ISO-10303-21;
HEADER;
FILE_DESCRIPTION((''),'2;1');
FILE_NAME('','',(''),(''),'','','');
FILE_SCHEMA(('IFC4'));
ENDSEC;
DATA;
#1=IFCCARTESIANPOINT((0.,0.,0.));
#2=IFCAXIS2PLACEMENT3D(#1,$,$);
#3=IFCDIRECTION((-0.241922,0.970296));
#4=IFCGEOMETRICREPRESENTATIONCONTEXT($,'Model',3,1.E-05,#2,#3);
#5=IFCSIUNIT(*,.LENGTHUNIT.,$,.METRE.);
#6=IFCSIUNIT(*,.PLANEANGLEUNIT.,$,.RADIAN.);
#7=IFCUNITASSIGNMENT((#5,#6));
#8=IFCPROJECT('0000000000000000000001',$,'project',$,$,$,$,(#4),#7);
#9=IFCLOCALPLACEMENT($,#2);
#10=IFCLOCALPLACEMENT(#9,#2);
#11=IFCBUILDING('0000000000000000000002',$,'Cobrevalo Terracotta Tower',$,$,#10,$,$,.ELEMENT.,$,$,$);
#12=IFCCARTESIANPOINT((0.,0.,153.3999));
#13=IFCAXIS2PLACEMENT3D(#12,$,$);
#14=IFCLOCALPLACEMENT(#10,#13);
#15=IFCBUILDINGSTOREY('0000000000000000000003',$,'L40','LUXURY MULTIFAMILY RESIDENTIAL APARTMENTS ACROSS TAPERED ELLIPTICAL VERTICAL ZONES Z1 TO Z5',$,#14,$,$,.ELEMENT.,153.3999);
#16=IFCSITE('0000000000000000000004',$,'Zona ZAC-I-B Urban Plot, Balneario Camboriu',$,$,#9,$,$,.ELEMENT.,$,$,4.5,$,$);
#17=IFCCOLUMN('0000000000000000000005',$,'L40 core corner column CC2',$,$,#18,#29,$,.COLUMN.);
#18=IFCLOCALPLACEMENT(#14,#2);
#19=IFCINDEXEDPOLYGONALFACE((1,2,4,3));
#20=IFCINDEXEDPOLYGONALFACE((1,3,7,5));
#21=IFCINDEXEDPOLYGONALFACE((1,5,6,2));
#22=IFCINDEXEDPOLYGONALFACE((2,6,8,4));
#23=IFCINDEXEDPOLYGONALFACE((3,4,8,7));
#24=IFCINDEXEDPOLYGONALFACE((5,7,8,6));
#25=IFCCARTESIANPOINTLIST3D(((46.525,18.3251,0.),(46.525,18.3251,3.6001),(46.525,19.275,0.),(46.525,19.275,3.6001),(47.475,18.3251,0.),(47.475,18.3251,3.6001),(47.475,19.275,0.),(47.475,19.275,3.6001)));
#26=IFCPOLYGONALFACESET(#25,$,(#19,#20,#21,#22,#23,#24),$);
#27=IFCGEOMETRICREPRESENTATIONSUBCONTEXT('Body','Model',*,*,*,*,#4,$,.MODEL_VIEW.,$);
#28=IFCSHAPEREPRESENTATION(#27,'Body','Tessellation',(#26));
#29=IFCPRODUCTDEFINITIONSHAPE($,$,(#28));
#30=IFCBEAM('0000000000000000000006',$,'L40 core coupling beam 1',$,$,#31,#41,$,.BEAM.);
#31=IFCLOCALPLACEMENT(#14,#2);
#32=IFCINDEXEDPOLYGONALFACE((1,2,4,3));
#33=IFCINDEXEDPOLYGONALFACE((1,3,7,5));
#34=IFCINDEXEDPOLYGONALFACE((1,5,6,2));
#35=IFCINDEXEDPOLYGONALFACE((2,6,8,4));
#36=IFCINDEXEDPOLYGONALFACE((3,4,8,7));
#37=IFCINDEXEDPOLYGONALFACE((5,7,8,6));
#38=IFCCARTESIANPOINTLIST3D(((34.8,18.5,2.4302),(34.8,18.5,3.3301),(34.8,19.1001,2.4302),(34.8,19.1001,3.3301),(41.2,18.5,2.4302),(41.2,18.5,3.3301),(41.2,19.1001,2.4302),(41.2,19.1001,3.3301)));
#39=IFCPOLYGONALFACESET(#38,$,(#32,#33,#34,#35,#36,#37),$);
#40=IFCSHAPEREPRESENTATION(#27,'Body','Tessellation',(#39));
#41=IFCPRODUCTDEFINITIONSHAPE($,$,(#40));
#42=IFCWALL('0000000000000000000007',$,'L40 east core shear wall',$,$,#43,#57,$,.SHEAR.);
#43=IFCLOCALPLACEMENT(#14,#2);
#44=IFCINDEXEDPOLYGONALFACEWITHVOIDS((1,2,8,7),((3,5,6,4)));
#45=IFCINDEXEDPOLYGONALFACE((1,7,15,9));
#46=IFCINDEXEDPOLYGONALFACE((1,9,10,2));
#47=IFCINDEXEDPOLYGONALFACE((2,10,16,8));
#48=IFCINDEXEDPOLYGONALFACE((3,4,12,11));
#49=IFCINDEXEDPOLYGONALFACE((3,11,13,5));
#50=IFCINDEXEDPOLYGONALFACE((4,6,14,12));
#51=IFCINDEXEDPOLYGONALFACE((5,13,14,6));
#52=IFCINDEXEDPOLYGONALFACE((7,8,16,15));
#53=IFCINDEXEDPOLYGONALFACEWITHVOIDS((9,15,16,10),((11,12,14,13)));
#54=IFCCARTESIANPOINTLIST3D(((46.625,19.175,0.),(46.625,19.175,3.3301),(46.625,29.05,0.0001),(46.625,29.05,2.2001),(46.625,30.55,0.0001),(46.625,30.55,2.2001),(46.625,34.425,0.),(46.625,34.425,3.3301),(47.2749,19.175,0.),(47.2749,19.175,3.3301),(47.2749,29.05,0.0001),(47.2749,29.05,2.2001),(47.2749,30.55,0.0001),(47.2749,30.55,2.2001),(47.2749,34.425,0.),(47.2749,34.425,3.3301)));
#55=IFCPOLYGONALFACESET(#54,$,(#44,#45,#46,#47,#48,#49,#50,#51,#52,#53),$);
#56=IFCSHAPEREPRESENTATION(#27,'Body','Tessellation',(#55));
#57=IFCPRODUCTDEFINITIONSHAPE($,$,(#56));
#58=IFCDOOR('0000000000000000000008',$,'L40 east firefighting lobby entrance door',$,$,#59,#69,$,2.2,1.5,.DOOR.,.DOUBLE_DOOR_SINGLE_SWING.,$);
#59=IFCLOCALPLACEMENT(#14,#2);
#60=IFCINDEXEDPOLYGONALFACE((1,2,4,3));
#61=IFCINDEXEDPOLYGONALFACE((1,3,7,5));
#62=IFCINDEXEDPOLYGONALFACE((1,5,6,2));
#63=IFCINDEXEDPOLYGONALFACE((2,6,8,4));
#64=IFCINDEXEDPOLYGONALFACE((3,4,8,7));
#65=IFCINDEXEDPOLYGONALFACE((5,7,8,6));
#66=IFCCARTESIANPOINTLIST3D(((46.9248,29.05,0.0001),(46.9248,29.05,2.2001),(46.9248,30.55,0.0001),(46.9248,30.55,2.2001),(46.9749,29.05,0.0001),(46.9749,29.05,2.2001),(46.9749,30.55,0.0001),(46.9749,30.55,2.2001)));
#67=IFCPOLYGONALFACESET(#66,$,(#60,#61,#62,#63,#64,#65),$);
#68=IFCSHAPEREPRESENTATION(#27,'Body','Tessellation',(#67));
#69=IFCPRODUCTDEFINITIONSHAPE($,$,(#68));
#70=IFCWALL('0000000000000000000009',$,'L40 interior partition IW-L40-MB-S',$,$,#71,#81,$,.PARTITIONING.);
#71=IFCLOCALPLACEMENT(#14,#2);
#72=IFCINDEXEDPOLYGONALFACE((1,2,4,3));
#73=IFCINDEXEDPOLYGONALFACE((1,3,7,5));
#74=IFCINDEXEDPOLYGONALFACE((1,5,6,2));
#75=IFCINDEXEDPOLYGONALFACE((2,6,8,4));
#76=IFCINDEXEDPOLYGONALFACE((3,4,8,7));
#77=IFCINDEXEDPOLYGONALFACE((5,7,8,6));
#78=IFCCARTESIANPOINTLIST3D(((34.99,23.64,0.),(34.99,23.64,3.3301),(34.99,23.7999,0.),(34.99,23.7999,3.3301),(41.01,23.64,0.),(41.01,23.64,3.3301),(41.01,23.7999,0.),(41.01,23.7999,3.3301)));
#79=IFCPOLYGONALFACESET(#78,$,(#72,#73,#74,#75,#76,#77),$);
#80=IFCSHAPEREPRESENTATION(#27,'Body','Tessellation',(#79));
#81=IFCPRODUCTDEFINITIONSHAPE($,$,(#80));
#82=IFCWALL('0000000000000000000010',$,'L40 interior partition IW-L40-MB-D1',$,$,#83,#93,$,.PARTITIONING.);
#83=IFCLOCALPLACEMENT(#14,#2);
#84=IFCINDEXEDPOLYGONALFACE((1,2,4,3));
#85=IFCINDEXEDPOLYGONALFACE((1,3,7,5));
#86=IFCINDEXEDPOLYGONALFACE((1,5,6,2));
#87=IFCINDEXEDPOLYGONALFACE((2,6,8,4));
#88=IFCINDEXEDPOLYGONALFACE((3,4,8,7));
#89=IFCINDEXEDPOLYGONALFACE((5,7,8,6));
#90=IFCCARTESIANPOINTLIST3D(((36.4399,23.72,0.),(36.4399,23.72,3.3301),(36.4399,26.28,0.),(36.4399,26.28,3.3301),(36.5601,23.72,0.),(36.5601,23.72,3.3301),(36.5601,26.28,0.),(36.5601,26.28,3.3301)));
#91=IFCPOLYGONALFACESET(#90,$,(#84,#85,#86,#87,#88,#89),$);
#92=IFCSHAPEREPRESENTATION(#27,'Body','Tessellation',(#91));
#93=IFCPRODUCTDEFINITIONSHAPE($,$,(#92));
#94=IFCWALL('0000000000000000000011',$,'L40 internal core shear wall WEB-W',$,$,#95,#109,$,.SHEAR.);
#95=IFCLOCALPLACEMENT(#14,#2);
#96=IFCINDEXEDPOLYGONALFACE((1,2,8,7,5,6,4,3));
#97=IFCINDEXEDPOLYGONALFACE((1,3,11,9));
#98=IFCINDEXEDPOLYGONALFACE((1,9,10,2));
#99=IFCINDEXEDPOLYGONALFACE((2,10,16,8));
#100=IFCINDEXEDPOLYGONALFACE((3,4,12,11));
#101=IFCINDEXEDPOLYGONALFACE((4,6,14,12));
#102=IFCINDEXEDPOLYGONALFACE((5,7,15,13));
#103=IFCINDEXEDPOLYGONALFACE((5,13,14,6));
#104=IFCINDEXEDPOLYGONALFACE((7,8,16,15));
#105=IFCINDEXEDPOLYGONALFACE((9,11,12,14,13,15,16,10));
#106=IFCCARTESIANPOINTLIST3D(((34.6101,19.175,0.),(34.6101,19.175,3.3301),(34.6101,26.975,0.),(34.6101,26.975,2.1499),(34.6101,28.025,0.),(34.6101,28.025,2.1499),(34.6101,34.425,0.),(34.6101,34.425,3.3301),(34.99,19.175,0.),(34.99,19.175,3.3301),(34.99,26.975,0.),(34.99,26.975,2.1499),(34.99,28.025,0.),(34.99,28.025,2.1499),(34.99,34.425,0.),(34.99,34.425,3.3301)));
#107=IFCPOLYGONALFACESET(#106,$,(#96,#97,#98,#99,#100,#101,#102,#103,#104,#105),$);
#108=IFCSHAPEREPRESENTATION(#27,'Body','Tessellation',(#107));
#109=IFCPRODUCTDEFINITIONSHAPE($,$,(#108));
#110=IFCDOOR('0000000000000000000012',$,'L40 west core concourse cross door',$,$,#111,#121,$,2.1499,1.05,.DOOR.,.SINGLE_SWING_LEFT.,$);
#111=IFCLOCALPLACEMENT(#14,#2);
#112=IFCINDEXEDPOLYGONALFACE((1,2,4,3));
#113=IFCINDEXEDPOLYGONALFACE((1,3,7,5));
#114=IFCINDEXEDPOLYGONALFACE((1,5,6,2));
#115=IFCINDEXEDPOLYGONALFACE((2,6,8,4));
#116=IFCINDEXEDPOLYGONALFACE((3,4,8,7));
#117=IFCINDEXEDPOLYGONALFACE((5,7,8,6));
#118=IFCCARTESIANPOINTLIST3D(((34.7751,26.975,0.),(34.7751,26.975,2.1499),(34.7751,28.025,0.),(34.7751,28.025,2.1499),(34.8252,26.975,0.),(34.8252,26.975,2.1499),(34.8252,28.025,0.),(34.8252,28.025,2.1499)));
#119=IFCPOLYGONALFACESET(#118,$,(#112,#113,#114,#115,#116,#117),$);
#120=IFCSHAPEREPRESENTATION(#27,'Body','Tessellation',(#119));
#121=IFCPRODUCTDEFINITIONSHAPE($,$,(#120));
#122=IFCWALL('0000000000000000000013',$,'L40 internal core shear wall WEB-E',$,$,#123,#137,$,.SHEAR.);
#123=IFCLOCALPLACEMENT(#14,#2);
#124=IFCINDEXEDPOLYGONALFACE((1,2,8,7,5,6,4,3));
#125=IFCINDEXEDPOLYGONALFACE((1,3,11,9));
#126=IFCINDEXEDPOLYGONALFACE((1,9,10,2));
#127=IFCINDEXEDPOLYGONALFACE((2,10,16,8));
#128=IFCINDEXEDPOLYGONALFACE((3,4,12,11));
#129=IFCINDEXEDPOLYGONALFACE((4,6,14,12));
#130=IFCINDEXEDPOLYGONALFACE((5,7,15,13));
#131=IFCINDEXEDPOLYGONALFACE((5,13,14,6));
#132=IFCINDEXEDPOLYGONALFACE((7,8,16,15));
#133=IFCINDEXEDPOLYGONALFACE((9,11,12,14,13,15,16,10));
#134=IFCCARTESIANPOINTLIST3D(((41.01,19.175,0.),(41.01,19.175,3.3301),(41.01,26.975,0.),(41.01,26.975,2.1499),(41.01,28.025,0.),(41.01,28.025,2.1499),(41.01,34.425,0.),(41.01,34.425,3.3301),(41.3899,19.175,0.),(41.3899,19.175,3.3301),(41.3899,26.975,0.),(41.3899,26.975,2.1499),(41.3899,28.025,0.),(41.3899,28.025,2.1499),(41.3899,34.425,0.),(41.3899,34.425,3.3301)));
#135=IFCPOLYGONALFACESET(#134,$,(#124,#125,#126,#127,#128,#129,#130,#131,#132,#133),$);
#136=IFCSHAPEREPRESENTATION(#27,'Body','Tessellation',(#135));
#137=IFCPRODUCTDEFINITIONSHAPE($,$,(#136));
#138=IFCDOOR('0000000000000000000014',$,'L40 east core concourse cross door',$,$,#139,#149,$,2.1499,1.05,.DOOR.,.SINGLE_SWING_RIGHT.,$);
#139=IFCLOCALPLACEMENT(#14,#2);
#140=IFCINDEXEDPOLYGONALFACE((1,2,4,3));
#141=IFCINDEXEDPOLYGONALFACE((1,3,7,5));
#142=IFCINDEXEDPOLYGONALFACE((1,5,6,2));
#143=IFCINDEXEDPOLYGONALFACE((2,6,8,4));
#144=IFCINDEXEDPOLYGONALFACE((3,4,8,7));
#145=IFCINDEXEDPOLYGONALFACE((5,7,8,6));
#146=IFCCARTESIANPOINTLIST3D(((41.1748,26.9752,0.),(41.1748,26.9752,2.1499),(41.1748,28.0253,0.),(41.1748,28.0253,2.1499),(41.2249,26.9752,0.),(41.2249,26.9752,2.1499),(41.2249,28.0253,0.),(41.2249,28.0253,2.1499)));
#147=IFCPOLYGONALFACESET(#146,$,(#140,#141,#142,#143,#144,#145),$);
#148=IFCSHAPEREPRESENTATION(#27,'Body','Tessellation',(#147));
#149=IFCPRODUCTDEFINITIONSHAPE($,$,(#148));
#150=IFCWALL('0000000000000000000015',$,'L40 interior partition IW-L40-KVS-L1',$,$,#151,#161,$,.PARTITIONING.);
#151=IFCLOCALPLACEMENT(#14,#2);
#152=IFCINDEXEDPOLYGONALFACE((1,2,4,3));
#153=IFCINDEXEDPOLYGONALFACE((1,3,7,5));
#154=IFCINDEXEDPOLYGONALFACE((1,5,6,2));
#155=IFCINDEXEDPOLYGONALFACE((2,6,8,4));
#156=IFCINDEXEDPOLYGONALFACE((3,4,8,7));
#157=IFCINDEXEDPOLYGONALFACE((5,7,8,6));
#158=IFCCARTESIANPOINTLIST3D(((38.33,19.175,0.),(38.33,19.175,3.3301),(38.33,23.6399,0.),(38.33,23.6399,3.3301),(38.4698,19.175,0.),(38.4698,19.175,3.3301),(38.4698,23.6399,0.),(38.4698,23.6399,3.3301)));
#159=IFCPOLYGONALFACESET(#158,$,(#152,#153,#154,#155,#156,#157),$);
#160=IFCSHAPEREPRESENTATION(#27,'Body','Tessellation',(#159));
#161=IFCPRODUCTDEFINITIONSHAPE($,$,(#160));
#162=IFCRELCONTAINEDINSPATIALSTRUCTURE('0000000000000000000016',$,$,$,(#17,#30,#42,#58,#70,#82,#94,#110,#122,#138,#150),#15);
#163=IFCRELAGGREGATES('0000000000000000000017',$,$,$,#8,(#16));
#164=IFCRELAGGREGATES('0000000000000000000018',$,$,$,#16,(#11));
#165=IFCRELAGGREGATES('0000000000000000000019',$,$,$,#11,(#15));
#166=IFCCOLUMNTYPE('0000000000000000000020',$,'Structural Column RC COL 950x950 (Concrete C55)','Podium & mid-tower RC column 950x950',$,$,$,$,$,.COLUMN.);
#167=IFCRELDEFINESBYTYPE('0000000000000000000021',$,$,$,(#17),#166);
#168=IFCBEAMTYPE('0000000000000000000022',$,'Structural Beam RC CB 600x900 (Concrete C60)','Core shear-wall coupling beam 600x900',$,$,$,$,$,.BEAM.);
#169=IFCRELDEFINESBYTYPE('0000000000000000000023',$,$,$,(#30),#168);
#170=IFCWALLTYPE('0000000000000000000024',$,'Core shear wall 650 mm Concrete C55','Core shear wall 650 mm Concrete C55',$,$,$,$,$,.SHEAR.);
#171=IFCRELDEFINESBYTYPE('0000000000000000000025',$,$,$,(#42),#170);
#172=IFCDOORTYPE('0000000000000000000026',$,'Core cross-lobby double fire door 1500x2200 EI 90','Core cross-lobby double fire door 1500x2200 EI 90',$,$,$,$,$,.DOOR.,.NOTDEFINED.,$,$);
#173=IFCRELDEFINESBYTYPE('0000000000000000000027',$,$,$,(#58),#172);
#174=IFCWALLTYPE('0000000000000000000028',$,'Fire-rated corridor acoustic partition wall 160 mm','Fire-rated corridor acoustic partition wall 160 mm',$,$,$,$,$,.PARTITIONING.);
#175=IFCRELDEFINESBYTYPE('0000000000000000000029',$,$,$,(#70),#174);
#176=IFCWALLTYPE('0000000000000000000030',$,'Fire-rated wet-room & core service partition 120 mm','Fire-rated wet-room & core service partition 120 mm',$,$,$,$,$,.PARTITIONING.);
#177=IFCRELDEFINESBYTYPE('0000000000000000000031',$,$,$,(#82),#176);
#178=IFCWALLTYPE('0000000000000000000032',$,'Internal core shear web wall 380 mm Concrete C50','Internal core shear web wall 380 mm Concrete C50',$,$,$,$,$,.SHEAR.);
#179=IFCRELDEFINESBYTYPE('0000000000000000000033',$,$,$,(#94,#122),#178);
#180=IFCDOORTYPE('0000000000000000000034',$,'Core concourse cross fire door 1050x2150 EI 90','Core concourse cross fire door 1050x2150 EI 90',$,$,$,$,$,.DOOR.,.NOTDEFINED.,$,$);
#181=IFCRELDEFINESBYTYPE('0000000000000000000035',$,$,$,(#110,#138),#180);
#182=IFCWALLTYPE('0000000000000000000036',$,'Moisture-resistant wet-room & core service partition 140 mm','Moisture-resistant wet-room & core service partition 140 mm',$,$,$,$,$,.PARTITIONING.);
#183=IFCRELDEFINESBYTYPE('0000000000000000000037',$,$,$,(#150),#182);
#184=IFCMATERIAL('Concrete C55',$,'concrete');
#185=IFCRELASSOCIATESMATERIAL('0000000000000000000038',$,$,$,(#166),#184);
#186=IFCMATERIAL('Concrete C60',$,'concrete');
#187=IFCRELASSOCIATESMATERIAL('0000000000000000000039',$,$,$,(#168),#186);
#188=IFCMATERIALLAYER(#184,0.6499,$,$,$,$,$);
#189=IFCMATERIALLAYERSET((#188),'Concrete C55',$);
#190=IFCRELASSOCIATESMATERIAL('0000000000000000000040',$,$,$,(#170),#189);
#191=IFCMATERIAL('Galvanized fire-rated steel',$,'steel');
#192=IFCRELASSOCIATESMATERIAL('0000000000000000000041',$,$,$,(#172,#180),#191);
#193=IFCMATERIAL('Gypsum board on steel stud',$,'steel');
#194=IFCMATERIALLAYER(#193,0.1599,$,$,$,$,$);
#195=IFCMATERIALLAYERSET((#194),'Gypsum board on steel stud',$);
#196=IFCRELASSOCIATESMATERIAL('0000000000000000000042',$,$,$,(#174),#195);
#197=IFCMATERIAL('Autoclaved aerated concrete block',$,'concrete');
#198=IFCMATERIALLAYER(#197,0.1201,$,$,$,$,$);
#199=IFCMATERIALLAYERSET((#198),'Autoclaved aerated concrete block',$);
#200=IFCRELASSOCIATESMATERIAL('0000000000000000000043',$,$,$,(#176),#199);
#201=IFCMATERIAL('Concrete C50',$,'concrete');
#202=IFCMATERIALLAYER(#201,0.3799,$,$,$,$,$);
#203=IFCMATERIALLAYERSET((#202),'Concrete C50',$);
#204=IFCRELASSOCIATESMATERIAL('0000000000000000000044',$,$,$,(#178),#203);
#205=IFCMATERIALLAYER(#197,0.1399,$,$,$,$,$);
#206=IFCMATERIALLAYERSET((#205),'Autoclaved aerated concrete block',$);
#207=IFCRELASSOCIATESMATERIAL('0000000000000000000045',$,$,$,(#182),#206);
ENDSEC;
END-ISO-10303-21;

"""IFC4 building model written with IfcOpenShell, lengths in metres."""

from ifc_helpers import new_model, si_unit, direction, frame, frame_2d, origin, origin_2d, place, context, subcontext, project, spatial, rectangle, extrude, source, transform, mapped, material, layer, layer_set, material_profile, profile_set, type_object, element, fill, save


model = new_model("IFC4")

# Units and contexts
model_context = context("Model", 3, precision=1e-05, world=origin(), true_north=direction((-0.241922, 0.970296)))
body_context = subcontext(model_context, "Body", "Model", "MODEL_VIEW")
ifc_project = project(units=[si_unit("LENGTHUNIT", "METRE"), si_unit("PLANEANGLEUNIT", "RADIAN")], contexts=[model_context])

# Site, building, storey
site_placement = place(None, origin())
site = spatial("IfcSite", under=ifc_project, at=site_placement, Name="Zona ZAC-I-B Urban Plot, Balneario Camboriu", CompositionType="ELEMENT", RefElevation=4.5)
building_placement = place(site_placement, origin())
building = spatial("IfcBuilding", under=site, at=building_placement, Name="Cobrevalo Terracotta Tower", CompositionType="ELEMENT")
storey_placement = place(building_placement, frame((0.0, 0.0, 153.3999)))
storey = spatial("IfcBuildingStorey", under=building, at=storey_placement, Name="L40", Description="LUXURY MULTIFAMILY RESIDENTIAL APARTMENTS ACROSS TAPERED ELLIPTICAL VERTICAL ZONES Z1 TO Z5", CompositionType="ELEMENT", Elevation=153.3999)

# Column
ifc_material_1 = material(Name="Concrete C55", Category="concrete")
ifc_material_profile_1 = material_profile(ifc_material_1, rectangle(XDim=0.95, YDim=0.95, at=origin_2d()), Name="RC COL 950x950")
ifc_profile_set_1 = profile_set([ifc_material_profile_1], Name="Concrete C55")
column_type = type_object("IfcColumnType", Name="Structural Column RC COL 950x950 (Concrete C55)", Description="Podium & mid-tower RC column 950x950", PredefinedType="COLUMN", material=ifc_profile_set_1)
column_placement = place(storey_placement, frame((47.0, 18.8, 0.0), z_axis=(0.0, 0.0, 1.0), x_axis=(1.0, 0.0, 0.0)))
element("IfcColumn", 1, at=column_placement, inside=storey, type_object=column_type, Name="L40 core corner column CC2", PredefinedType="COLUMN", context=body_context, shape_type="SweptSolid", body=[
    extrude(rectangle(XDim=0.95, YDim=0.95, at=origin_2d()), origin(), (0.0, 0.0, 1.0), 3.6001),
])

# Beam
ifc_material_2 = material(Name="Concrete C60", Category="concrete")
ifc_material_profile_2 = material_profile(ifc_material_2, rectangle(XDim=0.6001, YDim=0.8999, at=origin_2d()), Name="RC CB 600x900")
ifc_profile_set_2 = profile_set([ifc_material_profile_2], Name="Concrete C60")
beam_type = type_object("IfcBeamType", Name="Structural Beam RC CB 600x900 (Concrete C60)", Description="Core shear-wall coupling beam 600x900", PredefinedType="BEAM", material=ifc_profile_set_2)
beam_placement = place(storey_placement, frame((34.8, 18.8, 2.8801), z_axis=(1.0, 0.0, 0.0), x_axis=(0.0, 1.0, 0.0)))
element("IfcBeam", 2, at=beam_placement, inside=storey, type_object=beam_type, Name="L40 core coupling beam 1", PredefinedType="BEAM", context=body_context, shape_type="SweptSolid", body=[
    extrude(rectangle(XDim=0.6001, YDim=0.8999, at=origin_2d()), origin(), (0.0, 0.0, 1.0), 6.3999),
])

# Wall, opening, door
ifc_layer_1 = layer(ifc_material_1, 0.6499)
ifc_layer_set_1 = layer_set([ifc_layer_1], Name="Concrete C55")
wall_type_1 = type_object("IfcWallType", Name="Core shear wall 650 mm Concrete C55", Description="Core shear wall 650 mm Concrete C55", PredefinedType="SHEAR", material=ifc_layer_set_1)
wall_1_placement = place(storey_placement, frame((46.95, 19.175, 0.0), z_axis=(0.0, 0.0, 1.0), x_axis=(0.0, 1.0, 0.0)))
wall_1 = element("IfcWall", 3, at=wall_1_placement, inside=storey, type_object=wall_type_1, Name="L40 east core shear wall", PredefinedType="SHEAR", context=body_context, shape_type="SweptSolid", body=[
    extrude(rectangle(XDim=15.25, YDim=0.6499, at=frame_2d((7.625, 0.0))), origin(), (0.0, 0.0, 1.0), 3.3301),
])
opening_1_placement = place(wall_1_placement, frame((9.875, 0.0, 0.0)))
opening_1 = element("IfcOpeningElement", 4, at=opening_1_placement, cuts=wall_1, PredefinedType="OPENING", context=body_context, shape_type="SweptSolid", body=[
    extrude(rectangle(XDim=1.5, YDim=2.2, at=frame_2d((0.75, 1.1001))), frame((0.0, 0.335, 0.0), z_axis=(0.0, -1.0, 0.0), x_axis=(1.0, 0.0, 0.0)), (0.0, 0.0, 1.0), 0.6699),
])
ifc_material_3 = material(Name="Galvanized fire-rated steel", Category="steel")
door_type_1 = type_object("IfcDoorType", Name="Core cross-lobby double fire door 1500x2200 EI 90", Description="Core cross-lobby double fire door 1500x2200 EI 90", OperationType="NOTDEFINED", PredefinedType="DOOR", material=ifc_material_3)
shared_shape_1 = source(origin(), body_context, "Body", "SweptSolid", [
    extrude(rectangle(XDim=1.5, YDim=2.2, at=frame_2d((0.75, 1.1001))), frame((0.0, 0.0249, 0.0), z_axis=(0.0, -1.0, 0.0), x_axis=(1.0, 0.0, 0.0)), (0.0, 0.0, 1.0), 0.05),
])
door_1_placement = place(opening_1_placement, frame((1.5, 0.0, 0.0), z_axis=(0.0, 0.0, 1.0), x_axis=(-1.0, 0.0, 0.0)))
door_1 = element("IfcDoor", 5, at=door_1_placement, inside=storey, type_object=door_type_1, Name="L40 east firefighting lobby entrance door", OperationType="DOUBLE_DOOR_SINGLE_SWING", OverallHeight=2.2, OverallWidth=1.5, PredefinedType="DOOR", context=body_context, shape_type="MappedRepresentation", body=[
    mapped(shared_shape_1, transform((0.0, 0.0, 0.0), scale=1.0)),
])
fill(opening_1, door_1)

# Walls
ifc_material_4 = material(Name="Gypsum board on steel stud", Category="steel")
ifc_layer_2 = layer(ifc_material_4, 0.1599)
ifc_layer_set_2 = layer_set([ifc_layer_2], Name="Gypsum board on steel stud")
wall_type_2 = type_object("IfcWallType", Name="Fire-rated corridor acoustic partition wall 160 mm", Description="Fire-rated corridor acoustic partition wall 160 mm", PredefinedType="PARTITIONING", material=ifc_layer_set_2)
wall_2_placement = place(storey_placement, frame((34.99, 23.72, 0.0), z_axis=(0.0, 0.0, 1.0), x_axis=(1.0, 0.0, 0.0)))
element("IfcWall", 6, at=wall_2_placement, inside=storey, type_object=wall_type_2, Name="L40 interior partition IW-L40-MB-S", PredefinedType="PARTITIONING", context=body_context, shape_type="SweptSolid", body=[
    extrude(rectangle(XDim=6.02, YDim=0.1599, at=frame_2d((3.01, 0.0))), origin(), (0.0, 0.0, 1.0), 3.3301),
])
ifc_material_5 = material(Name="Autoclaved aerated concrete block", Category="concrete")
ifc_layer_3 = layer(ifc_material_5, 0.1201)
ifc_layer_set_3 = layer_set([ifc_layer_3], Name="Autoclaved aerated concrete block")
wall_type_3 = type_object("IfcWallType", Name="Fire-rated wet-room & core service partition 120 mm", Description="Fire-rated wet-room & core service partition 120 mm", PredefinedType="PARTITIONING", material=ifc_layer_set_3)
wall_3_placement = place(storey_placement, frame((36.5, 23.72, 0.0), z_axis=(0.0, 0.0, 1.0), x_axis=(0.0, 1.0, 0.0)))
element("IfcWall", 7, at=wall_3_placement, inside=storey, type_object=wall_type_3, Name="L40 interior partition IW-L40-MB-D1", PredefinedType="PARTITIONING", context=body_context, shape_type="SweptSolid", body=[
    extrude(rectangle(XDim=2.5601, YDim=0.1201, at=frame_2d((1.28, 0.0))), origin(), (0.0, 0.0, 1.0), 3.3301),
])

# Walls, openings, doors
ifc_material_6 = material(Name="Concrete C50", Category="concrete")
ifc_layer_4 = layer(ifc_material_6, 0.3799)
ifc_layer_set_4 = layer_set([ifc_layer_4], Name="Concrete C50")
wall_type_4 = type_object("IfcWallType", Name="Internal core shear web wall 380 mm Concrete C50", Description="Internal core shear web wall 380 mm Concrete C50", PredefinedType="SHEAR", material=ifc_layer_set_4)
wall_4_placement = place(storey_placement, frame((34.8, 19.175, 0.0), z_axis=(0.0, 0.0, 1.0), x_axis=(0.0, 1.0, 0.0)))
wall_4 = element("IfcWall", 8, at=wall_4_placement, inside=storey, type_object=wall_type_4, Name="L40 internal core shear wall WEB-W", PredefinedType="SHEAR", context=body_context, shape_type="SweptSolid", body=[
    extrude(rectangle(XDim=15.25, YDim=0.3799, at=frame_2d((7.625, 0.0))), origin(), (0.0, 0.0, 1.0), 3.3301),
])
opening_2_placement = place(wall_4_placement, frame((7.8, 0.0, 0.0)))
opening_2 = element("IfcOpeningElement", 9, at=opening_2_placement, cuts=wall_4, PredefinedType="OPENING", context=body_context, shape_type="SweptSolid", body=[
    extrude(rectangle(XDim=1.05, YDim=2.1499, at=frame_2d((0.5249, 1.075))), frame((0.0, 0.2, 0.0), z_axis=(0.0, -1.0, 0.0), x_axis=(1.0, 0.0, 0.0)), (0.0, 0.0, 1.0), 0.3999),
])
door_type_2 = type_object("IfcDoorType", Name="Core concourse cross fire door 1050x2150 EI 90", Description="Core concourse cross fire door 1050x2150 EI 90", OperationType="NOTDEFINED", PredefinedType="DOOR", material=ifc_material_3)
shared_shape_2 = source(origin(), body_context, "Body", "SweptSolid", [
    extrude(rectangle(XDim=1.05, YDim=2.1499, at=frame_2d((0.5249, 1.075))), frame((0.0, 0.0249, 0.0), z_axis=(0.0, -1.0, 0.0), x_axis=(1.0, 0.0, 0.0)), (0.0, 0.0, 1.0), 0.05),
])
door_2_placement = place(opening_2_placement, origin())
door_2 = element("IfcDoor", 10, at=door_2_placement, inside=storey, type_object=door_type_2, Name="L40 west core concourse cross door", OperationType="SINGLE_SWING_LEFT", OverallHeight=2.1499, OverallWidth=1.05, PredefinedType="DOOR", context=body_context, shape_type="MappedRepresentation", body=[
    mapped(shared_shape_2, transform((0.0, 0.0, 0.0), scale=1.0)),
])
fill(opening_2, door_2)
wall_5_placement = place(storey_placement, frame((41.2, 19.175, 0.0), z_axis=(0.0, 0.0, 1.0), x_axis=(0.0, 1.0, 0.0)))
wall_5 = element("IfcWall", 11, at=wall_5_placement, inside=storey, type_object=wall_type_4, Name="L40 internal core shear wall WEB-E", PredefinedType="SHEAR", context=body_context, shape_type="SweptSolid", body=[
    extrude(rectangle(XDim=15.25, YDim=0.3799, at=frame_2d((7.625, 0.0))), origin(), (0.0, 0.0, 1.0), 3.3301),
])
opening_3_placement = place(wall_5_placement, frame((7.8, 0.0, 0.0)))
opening_3 = element("IfcOpeningElement", 12, at=opening_3_placement, cuts=wall_5, PredefinedType="OPENING", context=body_context, shape_type="SweptSolid", body=[
    extrude(rectangle(XDim=1.05, YDim=2.1499, at=frame_2d((0.5249, 1.075))), frame((0.0, 0.2, 0.0), z_axis=(0.0, -1.0, 0.0), x_axis=(1.0, 0.0, 0.0)), (0.0, 0.0, 1.0), 0.3999),
])
door_3_placement = place(opening_3_placement, frame((1.05, 0.0, 0.0), z_axis=(0.0, 0.0, 1.0), x_axis=(-1.0, 0.0, 0.0)))
door_3 = element("IfcDoor", 13, at=door_3_placement, inside=storey, type_object=door_type_2, Name="L40 east core concourse cross door", OperationType="SINGLE_SWING_RIGHT", OverallHeight=2.1499, OverallWidth=1.05, PredefinedType="DOOR", context=body_context, shape_type="MappedRepresentation", body=[
    mapped(shared_shape_2, transform((0.0, 0.0, 0.0), scale=1.0)),
])
fill(opening_3, door_3)

# Wall
ifc_layer_5 = layer(ifc_material_5, 0.1399)
ifc_layer_set_5 = layer_set([ifc_layer_5], Name="Autoclaved aerated concrete block")
wall_type_5 = type_object("IfcWallType", Name="Moisture-resistant wet-room & core service partition 140 mm", Description="Moisture-resistant wet-room & core service partition 140 mm", PredefinedType="PARTITIONING", material=ifc_layer_set_5)
wall_6_placement = place(storey_placement, frame((38.3999, 19.175, 0.0), z_axis=(0.0, 0.0, 1.0), x_axis=(0.0, 1.0, 0.0)))
element("IfcWall", 14, at=wall_6_placement, inside=storey, type_object=wall_type_5, Name="L40 interior partition IW-L40-KVS-L1", PredefinedType="PARTITIONING", context=body_context, shape_type="SweptSolid", body=[
    extrude(rectangle(XDim=4.4648, YDim=0.1399, at=frame_2d((2.2324, 0.0))), origin(), (0.0, 0.0, 1.0), 3.3301),
])

save(model, "model.ifc")
